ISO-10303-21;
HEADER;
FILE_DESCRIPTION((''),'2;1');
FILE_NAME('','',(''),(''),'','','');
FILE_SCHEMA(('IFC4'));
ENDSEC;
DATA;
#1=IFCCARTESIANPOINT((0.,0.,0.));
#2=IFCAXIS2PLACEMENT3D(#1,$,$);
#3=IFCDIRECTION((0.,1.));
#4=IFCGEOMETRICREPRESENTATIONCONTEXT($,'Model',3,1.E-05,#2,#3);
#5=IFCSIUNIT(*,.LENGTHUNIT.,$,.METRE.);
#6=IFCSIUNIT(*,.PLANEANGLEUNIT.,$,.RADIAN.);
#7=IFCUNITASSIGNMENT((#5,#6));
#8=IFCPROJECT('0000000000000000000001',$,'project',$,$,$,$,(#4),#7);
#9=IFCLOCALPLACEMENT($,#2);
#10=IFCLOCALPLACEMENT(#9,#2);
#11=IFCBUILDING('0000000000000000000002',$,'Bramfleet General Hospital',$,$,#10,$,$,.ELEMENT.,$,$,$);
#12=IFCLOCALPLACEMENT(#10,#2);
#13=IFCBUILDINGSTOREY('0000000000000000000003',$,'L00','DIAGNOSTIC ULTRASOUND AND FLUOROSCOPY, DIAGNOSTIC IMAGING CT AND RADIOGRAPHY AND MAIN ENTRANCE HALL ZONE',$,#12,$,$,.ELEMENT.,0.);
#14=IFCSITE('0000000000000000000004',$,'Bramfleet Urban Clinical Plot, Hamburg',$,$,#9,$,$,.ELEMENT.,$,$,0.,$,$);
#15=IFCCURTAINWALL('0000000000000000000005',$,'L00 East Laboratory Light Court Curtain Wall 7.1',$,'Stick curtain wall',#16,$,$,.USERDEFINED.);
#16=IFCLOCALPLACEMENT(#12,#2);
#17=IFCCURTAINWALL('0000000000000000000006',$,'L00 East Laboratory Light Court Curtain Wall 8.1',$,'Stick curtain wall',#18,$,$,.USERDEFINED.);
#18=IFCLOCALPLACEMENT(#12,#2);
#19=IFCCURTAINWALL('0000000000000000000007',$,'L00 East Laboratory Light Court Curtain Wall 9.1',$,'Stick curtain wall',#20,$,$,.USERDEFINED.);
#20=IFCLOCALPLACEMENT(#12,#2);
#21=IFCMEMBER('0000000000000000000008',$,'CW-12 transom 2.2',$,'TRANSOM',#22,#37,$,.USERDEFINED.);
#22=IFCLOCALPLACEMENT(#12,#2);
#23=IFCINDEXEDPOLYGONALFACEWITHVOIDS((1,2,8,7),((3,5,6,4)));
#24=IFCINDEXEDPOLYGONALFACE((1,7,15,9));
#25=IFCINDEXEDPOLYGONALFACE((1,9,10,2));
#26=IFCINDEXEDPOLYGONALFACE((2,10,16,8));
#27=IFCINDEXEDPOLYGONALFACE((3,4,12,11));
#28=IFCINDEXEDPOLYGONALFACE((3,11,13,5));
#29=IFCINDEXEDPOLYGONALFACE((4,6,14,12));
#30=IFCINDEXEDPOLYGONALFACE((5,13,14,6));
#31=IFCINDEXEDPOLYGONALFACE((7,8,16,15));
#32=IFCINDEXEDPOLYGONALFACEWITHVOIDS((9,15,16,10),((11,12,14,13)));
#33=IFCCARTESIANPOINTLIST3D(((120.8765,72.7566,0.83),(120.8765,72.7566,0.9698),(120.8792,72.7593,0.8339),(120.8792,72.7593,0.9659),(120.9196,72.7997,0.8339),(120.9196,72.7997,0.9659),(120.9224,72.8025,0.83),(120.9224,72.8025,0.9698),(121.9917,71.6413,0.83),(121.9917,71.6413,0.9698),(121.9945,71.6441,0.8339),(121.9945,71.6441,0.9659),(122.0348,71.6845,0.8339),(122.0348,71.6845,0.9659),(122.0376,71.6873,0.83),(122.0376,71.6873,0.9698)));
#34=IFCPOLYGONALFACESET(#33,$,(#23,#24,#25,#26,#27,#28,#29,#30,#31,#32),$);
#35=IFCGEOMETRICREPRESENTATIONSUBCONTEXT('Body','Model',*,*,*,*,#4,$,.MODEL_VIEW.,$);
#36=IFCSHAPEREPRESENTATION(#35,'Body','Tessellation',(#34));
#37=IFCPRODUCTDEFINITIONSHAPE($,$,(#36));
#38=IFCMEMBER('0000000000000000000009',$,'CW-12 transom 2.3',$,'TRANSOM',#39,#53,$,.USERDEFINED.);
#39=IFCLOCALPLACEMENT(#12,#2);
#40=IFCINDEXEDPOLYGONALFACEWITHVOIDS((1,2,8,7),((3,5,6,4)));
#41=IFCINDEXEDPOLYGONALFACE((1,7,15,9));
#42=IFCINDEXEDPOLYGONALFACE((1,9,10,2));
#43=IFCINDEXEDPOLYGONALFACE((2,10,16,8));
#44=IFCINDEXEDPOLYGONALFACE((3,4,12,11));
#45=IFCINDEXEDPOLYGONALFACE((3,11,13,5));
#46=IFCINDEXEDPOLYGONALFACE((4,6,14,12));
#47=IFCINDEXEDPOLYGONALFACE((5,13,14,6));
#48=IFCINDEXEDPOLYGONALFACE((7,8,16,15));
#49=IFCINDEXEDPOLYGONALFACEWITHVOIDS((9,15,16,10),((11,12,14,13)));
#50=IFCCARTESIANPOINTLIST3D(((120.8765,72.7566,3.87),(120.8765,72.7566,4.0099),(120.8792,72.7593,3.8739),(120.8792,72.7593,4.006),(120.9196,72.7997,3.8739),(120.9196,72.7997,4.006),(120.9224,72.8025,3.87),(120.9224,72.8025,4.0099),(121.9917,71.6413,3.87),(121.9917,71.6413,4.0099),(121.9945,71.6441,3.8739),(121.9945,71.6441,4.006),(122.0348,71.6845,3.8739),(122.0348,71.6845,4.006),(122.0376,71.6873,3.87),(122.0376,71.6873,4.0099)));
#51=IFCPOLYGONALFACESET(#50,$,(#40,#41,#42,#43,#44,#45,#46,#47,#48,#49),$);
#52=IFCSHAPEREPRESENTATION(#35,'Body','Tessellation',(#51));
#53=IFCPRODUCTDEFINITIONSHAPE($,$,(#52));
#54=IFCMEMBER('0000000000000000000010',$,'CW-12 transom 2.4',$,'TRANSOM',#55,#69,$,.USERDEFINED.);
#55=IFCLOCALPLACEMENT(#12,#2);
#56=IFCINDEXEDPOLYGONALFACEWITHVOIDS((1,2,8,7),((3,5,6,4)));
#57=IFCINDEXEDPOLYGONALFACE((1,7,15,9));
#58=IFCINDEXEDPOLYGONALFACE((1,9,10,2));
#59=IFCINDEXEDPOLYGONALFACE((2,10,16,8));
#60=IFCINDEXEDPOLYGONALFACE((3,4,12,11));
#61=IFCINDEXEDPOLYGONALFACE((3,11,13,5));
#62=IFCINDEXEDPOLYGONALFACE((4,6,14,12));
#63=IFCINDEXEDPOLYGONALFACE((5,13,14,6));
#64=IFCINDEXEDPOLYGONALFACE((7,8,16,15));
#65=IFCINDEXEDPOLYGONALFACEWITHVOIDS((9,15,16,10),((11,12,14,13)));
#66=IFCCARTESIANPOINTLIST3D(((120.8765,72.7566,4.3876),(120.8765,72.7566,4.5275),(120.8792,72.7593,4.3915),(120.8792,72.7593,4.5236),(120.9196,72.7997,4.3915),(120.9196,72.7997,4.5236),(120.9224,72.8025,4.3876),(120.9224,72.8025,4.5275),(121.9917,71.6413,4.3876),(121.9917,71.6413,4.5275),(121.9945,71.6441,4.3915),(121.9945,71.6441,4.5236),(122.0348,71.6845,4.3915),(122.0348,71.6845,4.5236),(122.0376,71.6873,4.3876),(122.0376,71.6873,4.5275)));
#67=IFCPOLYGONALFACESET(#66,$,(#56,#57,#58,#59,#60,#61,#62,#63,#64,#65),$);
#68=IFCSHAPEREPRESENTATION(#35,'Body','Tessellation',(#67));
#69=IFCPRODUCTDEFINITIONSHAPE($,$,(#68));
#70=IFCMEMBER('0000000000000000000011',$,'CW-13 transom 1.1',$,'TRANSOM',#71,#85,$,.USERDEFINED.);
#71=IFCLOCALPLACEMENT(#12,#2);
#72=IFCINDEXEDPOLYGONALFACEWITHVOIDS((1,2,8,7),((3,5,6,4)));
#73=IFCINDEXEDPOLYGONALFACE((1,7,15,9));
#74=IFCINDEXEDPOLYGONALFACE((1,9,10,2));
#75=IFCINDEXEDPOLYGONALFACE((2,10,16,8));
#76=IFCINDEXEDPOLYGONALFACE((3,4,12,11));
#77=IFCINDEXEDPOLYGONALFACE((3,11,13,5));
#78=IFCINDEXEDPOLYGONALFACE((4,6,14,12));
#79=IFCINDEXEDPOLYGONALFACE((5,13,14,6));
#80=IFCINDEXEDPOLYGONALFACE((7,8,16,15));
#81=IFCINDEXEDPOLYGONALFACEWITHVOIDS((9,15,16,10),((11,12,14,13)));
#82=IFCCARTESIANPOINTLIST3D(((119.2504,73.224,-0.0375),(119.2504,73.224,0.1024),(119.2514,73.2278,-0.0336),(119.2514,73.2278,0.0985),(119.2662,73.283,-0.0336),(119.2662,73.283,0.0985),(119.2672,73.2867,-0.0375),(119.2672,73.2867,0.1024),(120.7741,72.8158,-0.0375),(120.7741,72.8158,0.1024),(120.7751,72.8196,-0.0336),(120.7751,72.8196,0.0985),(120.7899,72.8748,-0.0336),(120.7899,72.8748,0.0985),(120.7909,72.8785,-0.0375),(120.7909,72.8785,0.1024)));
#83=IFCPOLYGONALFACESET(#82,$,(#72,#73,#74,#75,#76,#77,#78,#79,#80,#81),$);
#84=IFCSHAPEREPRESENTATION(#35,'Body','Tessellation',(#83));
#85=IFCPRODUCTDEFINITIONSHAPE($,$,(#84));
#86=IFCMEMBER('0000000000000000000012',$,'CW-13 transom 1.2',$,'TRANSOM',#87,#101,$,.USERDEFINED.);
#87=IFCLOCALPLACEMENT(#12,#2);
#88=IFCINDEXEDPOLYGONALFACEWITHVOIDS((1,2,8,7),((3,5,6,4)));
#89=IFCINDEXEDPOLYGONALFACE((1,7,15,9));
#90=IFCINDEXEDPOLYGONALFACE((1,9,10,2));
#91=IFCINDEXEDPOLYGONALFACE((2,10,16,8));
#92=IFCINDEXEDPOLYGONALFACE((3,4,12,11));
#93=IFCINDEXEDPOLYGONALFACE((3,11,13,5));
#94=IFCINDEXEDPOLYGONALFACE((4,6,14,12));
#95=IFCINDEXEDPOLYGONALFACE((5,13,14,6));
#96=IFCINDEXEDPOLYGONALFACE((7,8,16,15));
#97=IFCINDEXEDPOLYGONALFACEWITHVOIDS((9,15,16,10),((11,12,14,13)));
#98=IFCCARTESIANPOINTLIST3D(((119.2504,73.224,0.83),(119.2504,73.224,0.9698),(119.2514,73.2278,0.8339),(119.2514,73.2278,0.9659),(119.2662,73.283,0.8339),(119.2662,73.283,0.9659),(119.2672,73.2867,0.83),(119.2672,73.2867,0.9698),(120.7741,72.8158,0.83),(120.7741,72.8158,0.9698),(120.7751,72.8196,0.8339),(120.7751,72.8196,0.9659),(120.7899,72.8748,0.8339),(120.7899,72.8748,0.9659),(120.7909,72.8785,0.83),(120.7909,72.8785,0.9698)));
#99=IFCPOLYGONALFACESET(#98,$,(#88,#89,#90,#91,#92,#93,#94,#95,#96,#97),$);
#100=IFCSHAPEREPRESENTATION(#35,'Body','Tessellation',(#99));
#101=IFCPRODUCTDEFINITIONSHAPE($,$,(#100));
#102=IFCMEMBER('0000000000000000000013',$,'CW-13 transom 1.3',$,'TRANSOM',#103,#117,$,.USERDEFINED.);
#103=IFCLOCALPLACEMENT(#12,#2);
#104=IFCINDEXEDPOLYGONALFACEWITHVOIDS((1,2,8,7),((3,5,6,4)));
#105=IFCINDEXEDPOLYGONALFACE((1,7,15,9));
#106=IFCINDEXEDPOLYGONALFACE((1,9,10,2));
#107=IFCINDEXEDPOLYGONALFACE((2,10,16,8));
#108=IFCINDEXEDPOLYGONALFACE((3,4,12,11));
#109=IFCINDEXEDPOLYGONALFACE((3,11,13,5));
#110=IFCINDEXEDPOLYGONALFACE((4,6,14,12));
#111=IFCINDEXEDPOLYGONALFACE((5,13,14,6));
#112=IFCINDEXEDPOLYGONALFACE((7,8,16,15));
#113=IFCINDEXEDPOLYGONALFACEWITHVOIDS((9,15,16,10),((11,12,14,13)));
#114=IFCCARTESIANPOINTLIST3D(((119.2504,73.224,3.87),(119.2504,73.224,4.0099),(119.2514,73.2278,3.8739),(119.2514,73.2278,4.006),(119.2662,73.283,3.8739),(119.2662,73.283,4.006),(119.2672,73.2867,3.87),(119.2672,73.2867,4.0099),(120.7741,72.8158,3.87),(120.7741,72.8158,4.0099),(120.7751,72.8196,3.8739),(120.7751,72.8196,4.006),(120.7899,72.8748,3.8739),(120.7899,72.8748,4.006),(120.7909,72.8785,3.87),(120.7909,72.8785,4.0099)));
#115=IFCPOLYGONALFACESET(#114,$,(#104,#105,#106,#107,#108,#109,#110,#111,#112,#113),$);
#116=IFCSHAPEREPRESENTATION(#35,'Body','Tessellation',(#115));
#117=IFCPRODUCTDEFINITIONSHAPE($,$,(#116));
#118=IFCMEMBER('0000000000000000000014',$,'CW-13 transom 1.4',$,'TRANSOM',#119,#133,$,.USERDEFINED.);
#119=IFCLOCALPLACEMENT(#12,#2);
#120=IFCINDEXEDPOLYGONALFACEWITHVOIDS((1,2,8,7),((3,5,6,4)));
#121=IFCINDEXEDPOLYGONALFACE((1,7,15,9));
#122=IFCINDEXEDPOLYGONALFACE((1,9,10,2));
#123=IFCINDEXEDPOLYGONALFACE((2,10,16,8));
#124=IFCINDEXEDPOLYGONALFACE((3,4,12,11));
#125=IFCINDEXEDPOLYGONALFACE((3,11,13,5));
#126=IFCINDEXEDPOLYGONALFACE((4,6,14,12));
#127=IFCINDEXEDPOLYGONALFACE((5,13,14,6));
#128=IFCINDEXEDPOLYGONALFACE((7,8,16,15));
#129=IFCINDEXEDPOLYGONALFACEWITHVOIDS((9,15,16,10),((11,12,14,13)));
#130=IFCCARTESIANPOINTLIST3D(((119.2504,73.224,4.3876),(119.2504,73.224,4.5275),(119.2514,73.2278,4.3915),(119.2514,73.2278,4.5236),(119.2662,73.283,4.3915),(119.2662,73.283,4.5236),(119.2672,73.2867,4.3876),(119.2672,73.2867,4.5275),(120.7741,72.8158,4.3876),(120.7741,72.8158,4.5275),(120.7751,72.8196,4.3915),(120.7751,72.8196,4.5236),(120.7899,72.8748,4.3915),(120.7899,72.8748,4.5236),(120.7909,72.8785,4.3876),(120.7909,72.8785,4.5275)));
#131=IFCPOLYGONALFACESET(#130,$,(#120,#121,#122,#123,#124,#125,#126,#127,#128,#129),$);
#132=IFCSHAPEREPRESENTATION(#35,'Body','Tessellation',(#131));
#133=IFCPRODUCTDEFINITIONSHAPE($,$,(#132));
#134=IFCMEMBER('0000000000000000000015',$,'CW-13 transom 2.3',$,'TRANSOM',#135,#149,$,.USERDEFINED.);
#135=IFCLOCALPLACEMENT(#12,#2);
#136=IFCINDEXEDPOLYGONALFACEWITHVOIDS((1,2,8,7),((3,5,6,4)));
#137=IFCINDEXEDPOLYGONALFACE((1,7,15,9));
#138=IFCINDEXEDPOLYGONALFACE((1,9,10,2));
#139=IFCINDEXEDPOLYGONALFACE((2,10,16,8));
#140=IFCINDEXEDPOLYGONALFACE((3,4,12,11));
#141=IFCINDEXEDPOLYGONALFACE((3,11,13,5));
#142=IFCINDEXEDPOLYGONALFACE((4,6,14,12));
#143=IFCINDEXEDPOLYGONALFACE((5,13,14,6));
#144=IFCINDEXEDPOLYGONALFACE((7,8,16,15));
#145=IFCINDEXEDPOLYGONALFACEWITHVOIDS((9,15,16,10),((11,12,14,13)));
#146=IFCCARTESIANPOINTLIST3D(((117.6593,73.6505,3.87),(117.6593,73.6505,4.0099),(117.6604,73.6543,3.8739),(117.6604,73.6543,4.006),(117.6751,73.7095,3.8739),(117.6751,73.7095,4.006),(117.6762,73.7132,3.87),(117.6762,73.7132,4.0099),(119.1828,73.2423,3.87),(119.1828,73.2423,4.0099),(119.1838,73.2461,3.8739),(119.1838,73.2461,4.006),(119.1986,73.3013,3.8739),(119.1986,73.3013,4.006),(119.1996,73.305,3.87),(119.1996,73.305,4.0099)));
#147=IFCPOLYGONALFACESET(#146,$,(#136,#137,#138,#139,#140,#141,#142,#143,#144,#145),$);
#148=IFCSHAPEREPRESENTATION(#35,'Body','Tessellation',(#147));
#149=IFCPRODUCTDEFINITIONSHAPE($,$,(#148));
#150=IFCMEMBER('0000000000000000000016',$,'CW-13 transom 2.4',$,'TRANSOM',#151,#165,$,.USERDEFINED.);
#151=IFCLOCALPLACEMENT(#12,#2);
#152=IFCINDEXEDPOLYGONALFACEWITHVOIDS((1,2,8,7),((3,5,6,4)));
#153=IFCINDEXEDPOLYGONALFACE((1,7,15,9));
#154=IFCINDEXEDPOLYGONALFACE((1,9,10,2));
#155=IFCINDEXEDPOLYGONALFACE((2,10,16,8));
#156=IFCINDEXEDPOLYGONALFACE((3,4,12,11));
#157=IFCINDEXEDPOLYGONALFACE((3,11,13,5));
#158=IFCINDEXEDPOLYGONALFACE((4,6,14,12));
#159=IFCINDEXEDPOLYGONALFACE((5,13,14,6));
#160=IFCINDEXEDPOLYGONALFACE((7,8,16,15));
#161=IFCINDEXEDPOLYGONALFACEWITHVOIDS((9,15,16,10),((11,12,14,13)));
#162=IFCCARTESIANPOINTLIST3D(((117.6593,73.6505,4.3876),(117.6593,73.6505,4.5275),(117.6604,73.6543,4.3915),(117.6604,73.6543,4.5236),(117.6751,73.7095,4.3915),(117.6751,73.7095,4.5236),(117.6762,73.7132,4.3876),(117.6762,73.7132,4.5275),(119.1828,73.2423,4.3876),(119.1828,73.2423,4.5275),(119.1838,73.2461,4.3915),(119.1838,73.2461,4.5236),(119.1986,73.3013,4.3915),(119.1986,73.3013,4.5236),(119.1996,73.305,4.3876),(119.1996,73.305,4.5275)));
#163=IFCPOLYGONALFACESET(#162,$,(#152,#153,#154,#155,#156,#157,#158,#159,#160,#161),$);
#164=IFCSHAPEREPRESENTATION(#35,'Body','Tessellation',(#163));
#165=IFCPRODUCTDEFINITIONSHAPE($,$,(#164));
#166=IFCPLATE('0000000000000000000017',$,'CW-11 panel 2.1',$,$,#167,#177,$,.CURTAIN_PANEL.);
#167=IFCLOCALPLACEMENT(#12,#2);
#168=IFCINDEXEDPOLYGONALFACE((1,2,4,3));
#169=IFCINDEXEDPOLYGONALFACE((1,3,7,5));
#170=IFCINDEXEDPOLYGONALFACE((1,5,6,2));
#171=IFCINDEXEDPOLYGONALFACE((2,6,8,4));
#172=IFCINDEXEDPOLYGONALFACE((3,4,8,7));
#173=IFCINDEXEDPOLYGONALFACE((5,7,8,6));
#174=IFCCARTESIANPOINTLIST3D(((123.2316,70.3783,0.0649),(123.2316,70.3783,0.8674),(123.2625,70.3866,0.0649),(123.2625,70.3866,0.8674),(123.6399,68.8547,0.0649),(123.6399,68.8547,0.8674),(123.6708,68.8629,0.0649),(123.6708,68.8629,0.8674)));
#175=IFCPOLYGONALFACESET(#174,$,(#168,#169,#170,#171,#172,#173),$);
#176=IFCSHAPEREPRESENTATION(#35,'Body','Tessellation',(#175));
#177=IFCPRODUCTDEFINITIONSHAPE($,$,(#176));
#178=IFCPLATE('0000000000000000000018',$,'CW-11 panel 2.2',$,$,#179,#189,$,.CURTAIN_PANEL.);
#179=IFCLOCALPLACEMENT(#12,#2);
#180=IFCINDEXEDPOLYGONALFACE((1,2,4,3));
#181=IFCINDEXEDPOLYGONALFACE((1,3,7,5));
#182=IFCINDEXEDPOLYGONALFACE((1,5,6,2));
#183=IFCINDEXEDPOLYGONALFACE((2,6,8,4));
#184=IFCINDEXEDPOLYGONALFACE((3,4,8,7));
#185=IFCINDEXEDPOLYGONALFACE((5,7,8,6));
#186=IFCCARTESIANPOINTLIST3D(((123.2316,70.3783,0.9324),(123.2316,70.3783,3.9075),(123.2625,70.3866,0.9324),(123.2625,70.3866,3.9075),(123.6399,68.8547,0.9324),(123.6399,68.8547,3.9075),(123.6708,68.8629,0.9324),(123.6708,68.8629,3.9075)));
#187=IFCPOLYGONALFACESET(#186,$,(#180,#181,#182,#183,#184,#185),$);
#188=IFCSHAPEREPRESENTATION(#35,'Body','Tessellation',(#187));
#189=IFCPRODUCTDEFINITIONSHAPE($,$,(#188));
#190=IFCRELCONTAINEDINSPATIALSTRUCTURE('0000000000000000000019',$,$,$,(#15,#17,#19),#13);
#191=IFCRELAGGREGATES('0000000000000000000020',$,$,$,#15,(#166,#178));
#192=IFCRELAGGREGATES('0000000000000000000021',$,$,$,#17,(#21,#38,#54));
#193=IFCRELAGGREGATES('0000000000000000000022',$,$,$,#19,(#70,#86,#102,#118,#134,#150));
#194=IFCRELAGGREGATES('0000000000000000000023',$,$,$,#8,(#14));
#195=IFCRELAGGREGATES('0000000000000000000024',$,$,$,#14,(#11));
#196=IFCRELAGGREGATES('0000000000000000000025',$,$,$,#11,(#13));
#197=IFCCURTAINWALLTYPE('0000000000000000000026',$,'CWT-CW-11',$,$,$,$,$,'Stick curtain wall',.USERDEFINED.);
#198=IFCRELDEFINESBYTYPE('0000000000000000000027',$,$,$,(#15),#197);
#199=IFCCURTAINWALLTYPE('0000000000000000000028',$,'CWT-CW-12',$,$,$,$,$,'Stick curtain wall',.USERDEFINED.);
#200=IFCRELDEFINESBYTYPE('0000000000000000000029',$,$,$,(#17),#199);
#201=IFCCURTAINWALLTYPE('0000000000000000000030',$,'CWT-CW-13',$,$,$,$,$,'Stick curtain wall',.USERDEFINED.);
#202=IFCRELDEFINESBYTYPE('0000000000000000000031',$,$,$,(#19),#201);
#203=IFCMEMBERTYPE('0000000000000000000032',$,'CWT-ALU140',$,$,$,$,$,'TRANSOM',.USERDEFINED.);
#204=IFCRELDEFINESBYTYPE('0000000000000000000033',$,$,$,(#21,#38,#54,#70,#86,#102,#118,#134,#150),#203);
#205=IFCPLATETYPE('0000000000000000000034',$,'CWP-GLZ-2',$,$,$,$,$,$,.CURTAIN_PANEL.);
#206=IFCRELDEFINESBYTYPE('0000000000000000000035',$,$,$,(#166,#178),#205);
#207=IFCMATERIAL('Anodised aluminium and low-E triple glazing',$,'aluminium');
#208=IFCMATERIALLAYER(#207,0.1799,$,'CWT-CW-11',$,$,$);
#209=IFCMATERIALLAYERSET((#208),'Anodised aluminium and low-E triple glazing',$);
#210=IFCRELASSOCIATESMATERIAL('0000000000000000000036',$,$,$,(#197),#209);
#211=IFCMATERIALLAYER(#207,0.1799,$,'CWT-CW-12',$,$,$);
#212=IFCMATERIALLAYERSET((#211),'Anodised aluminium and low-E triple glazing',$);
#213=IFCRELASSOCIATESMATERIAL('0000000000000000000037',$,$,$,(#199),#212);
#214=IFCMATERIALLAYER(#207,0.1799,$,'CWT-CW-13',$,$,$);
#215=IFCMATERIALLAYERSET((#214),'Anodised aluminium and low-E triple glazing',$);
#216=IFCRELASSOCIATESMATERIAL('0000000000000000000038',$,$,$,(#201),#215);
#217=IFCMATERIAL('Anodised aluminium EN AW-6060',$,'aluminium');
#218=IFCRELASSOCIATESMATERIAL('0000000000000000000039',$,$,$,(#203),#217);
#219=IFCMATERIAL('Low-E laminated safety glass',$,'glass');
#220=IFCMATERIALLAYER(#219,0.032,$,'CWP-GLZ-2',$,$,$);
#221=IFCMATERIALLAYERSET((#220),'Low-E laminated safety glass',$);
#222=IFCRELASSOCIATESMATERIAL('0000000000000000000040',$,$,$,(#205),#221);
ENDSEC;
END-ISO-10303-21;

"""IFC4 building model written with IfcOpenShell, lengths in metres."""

from ifc_helpers import new_model, si_unit, direction, frame, origin, origin_2d, place, context, subcontext, project, spatial, rectangle, hollow_rectangle, extrude, material, layer, layer_set, material_profile, profile_set, type_object, element, aggregate, save


model = new_model("IFC4")

# Units and contexts
model_context = context("Model", 3, precision=1e-05, world=origin(), true_north=direction((0.0, 1.0)))
body_context = subcontext(model_context, "Body", "Model", "MODEL_VIEW")
ifc_project = project(units=[si_unit("LENGTHUNIT", "METRE"), si_unit("PLANEANGLEUNIT", "RADIAN")], contexts=[model_context])

# Site, building, storey
site_placement = place(None, origin())
site = spatial("IfcSite", under=ifc_project, at=site_placement, Name="Bramfleet Urban Clinical Plot, Hamburg", CompositionType="ELEMENT", RefElevation=0.0)
building_placement = place(site_placement, origin())
building = spatial("IfcBuilding", under=site, at=building_placement, Name="Bramfleet General Hospital", CompositionType="ELEMENT")
storey_placement = place(building_placement, origin())
storey = spatial("IfcBuildingStorey", under=building, at=storey_placement, Name="L00", Description="DIAGNOSTIC ULTRASOUND AND FLUOROSCOPY, DIAGNOSTIC IMAGING CT AND RADIOGRAPHY AND MAIN ENTRANCE HALL ZONE", CompositionType="ELEMENT", Elevation=0.0)

# Curtain wall
ifc_material_1 = material(Name="Anodised aluminium and low-E triple glazing", Category="aluminium")
ifc_layer_1 = layer(ifc_material_1, 0.1799, Name="CWT-CW-11")
ifc_layer_set_1 = layer_set([ifc_layer_1], Name="Anodised aluminium and low-E triple glazing")
curtain_wall_type_1 = type_object("IfcCurtainWallType", Name="CWT-CW-11", ElementType="Stick curtain wall", PredefinedType="USERDEFINED", material=ifc_layer_set_1)
curtain_wall_1_placement = place(storey_placement, origin())
curtain_wall_1 = element("IfcCurtainWall", 1, at=curtain_wall_1_placement, inside=storey, type_object=curtain_wall_type_1, Name="L00 East Laboratory Light Court Curtain Wall 7.1", ObjectType="Stick curtain wall", PredefinedType="USERDEFINED")
ifc_material_2 = material(Name="Anodised aluminium EN AW-6060", Category="aluminium")

# Curtain walls
ifc_layer_2 = layer(ifc_material_1, 0.1799, Name="CWT-CW-12")
ifc_layer_set_2 = layer_set([ifc_layer_2], Name="Anodised aluminium and low-E triple glazing")
curtain_wall_type_2 = type_object("IfcCurtainWallType", Name="CWT-CW-12", ElementType="Stick curtain wall", PredefinedType="USERDEFINED", material=ifc_layer_set_2)
curtain_wall_2_placement = place(storey_placement, origin())
curtain_wall_2 = element("IfcCurtainWall", 2, at=curtain_wall_2_placement, inside=storey, type_object=curtain_wall_type_2, Name="L00 East Laboratory Light Court Curtain Wall 8.1", ObjectType="Stick curtain wall", PredefinedType="USERDEFINED")
ifc_layer_3 = layer(ifc_material_1, 0.1799, Name="CWT-CW-13")
ifc_layer_set_3 = layer_set([ifc_layer_3], Name="Anodised aluminium and low-E triple glazing")
curtain_wall_type_3 = type_object("IfcCurtainWallType", Name="CWT-CW-13", ElementType="Stick curtain wall", PredefinedType="USERDEFINED", material=ifc_layer_set_3)
curtain_wall_3_placement = place(storey_placement, origin())
curtain_wall_3 = element("IfcCurtainWall", 3, at=curtain_wall_3_placement, inside=storey, type_object=curtain_wall_type_3, Name="L00 East Laboratory Light Court Curtain Wall 9.1", ObjectType="Stick curtain wall", PredefinedType="USERDEFINED")

# Members
ifc_material_profile_1 = material_profile(ifc_material_2, hollow_rectangle(XDim=0.0649, YDim=0.1399, WallThickness=0.0039, at=origin_2d()), Name="ALU 140x65x4.0")
ifc_profile_set_1 = profile_set([ifc_material_profile_1], Name="Anodised aluminium EN AW-6060")
member_type_1 = type_object("IfcMemberType", Name="CWT-ALU140", ElementType="TRANSOM", PredefinedType="USERDEFINED", material=ifc_profile_set_1)
member_1_placement = place(storey_placement, frame((122.0146, 71.6643, 0.8999), z_axis=(-0.707107, 0.707107, 0.0), x_axis=(-0.707107, -0.707107, 0.0)))
member_1 = element("IfcMember", 4, at=member_1_placement, type_object=member_type_1, Name="CW-12 transom 2.2", ObjectType="TRANSOM", PredefinedType="USERDEFINED", context=body_context, shape_type="SweptSolid", body=[
    extrude(hollow_rectangle(XDim=0.0649, YDim=0.1399, WallThickness=0.0039, at=origin_2d()), origin(), (0.0, 0.0, 1.0), 1.5771),
])
member_2_placement = place(storey_placement, frame((122.0146, 71.6643, 3.9399), z_axis=(-0.707107, 0.707107, 0.0), x_axis=(-0.707107, -0.707107, 0.0)))
member_2 = element("IfcMember", 5, at=member_2_placement, type_object=member_type_1, Name="CW-12 transom 2.3", ObjectType="TRANSOM", PredefinedType="USERDEFINED", context=body_context, shape_type="SweptSolid", body=[
    extrude(hollow_rectangle(XDim=0.0649, YDim=0.1399, WallThickness=0.0039, at=origin_2d()), origin(), (0.0, 0.0, 1.0), 1.5771),
])
member_3_placement = place(storey_placement, frame((122.0146, 71.6643, 4.4575), z_axis=(-0.707107, 0.707107, 0.0), x_axis=(-0.707107, -0.707107, 0.0)))
member_3 = element("IfcMember", 6, at=member_3_placement, type_object=member_type_1, Name="CW-12 transom 2.4", ObjectType="TRANSOM", PredefinedType="USERDEFINED", context=body_context, shape_type="SweptSolid", body=[
    extrude(hollow_rectangle(XDim=0.0649, YDim=0.1399, WallThickness=0.0039, at=origin_2d()), origin(), (0.0, 0.0, 1.0), 1.5771),
])
member_4_placement = place(storey_placement, frame((120.7825, 72.8472, 0.0325), z_axis=(-0.965936, 0.25878, 0.0), x_axis=(-0.25878, -0.965936, 0.0)))
member_4 = element("IfcMember", 7, at=member_4_placement, type_object=member_type_1, Name="CW-13 transom 1.1", ObjectType="TRANSOM", PredefinedType="USERDEFINED", context=body_context, shape_type="SweptSolid", body=[
    extrude(hollow_rectangle(XDim=0.0649, YDim=0.1399, WallThickness=0.0039, at=origin_2d()), origin(), (0.0, 0.0, 1.0), 1.5774),
])
member_5_placement = place(storey_placement, frame((120.7825, 72.8472, 0.8999), z_axis=(-0.965936, 0.25878, 0.0), x_axis=(-0.25878, -0.965936, 0.0)))
member_5 = element("IfcMember", 8, at=member_5_placement, type_object=member_type_1, Name="CW-13 transom 1.2", ObjectType="TRANSOM", PredefinedType="USERDEFINED", context=body_context, shape_type="SweptSolid", body=[
    extrude(hollow_rectangle(XDim=0.0649, YDim=0.1399, WallThickness=0.0039, at=origin_2d()), origin(), (0.0, 0.0, 1.0), 1.5774),
])
member_6_placement = place(storey_placement, frame((120.7825, 72.8472, 3.9399), z_axis=(-0.965936, 0.25878, 0.0), x_axis=(-0.25878, -0.965936, 0.0)))
member_6 = element("IfcMember", 9, at=member_6_placement, type_object=member_type_1, Name="CW-13 transom 1.3", ObjectType="TRANSOM", PredefinedType="USERDEFINED", context=body_context, shape_type="SweptSolid", body=[
    extrude(hollow_rectangle(XDim=0.0649, YDim=0.1399, WallThickness=0.0039, at=origin_2d()), origin(), (0.0, 0.0, 1.0), 1.5774),
])
member_7_placement = place(storey_placement, frame((120.7825, 72.8472, 4.4575), z_axis=(-0.965936, 0.25878, 0.0), x_axis=(-0.25878, -0.965936, 0.0)))
member_7 = element("IfcMember", 10, at=member_7_placement, type_object=member_type_1, Name="CW-13 transom 1.4", ObjectType="TRANSOM", PredefinedType="USERDEFINED", context=body_context, shape_type="SweptSolid", body=[
    extrude(hollow_rectangle(XDim=0.0649, YDim=0.1399, WallThickness=0.0039, at=origin_2d()), origin(), (0.0, 0.0, 1.0), 1.5774),
])
member_8_placement = place(storey_placement, frame((119.1912, 73.2737, 3.9399), z_axis=(-0.965926, 0.258819, 0.0), x_axis=(-0.258819, -0.965926, 0.0)))
member_8 = element("IfcMember", 11, at=member_8_placement, type_object=member_type_1, Name="CW-13 transom 2.3", ObjectType="TRANSOM", PredefinedType="USERDEFINED", context=body_context, shape_type="SweptSolid", body=[
    extrude(hollow_rectangle(XDim=0.0649, YDim=0.1399, WallThickness=0.0039, at=origin_2d()), origin(), (0.0, 0.0, 1.0), 1.5771),
])
member_9_placement = place(storey_placement, frame((119.1912, 73.2737, 4.4575), z_axis=(-0.965926, 0.258819, 0.0), x_axis=(-0.258819, -0.965926, 0.0)))
member_9 = element("IfcMember", 12, at=member_9_placement, type_object=member_type_1, Name="CW-13 transom 2.4", ObjectType="TRANSOM", PredefinedType="USERDEFINED", context=body_context, shape_type="SweptSolid", body=[
    extrude(hollow_rectangle(XDim=0.0649, YDim=0.1399, WallThickness=0.0039, at=origin_2d()), origin(), (0.0, 0.0, 1.0), 1.5771),
])

# Plates
ifc_material_3 = material(Name="Low-E laminated safety glass", Category="glass")
ifc_layer_4 = layer(ifc_material_3, 0.032, Name="CWP-GLZ-2")
ifc_layer_set_4 = layer_set([ifc_layer_4], Name="Low-E laminated safety glass")
plate_type = type_object("IfcPlateType", Name="CWP-GLZ-2", PredefinedType="CURTAIN_PANEL", material=ifc_layer_set_4)
plate_1_placement = place(storey_placement, frame((123.4512, 69.6206, 0.0649), z_axis=(0.0, 0.0, 1.0), x_axis=(-0.258865, 0.965914, 0.0)))
plate_1 = element("IfcPlate", 13, at=plate_1_placement, type_object=plate_type, Name="CW-11 panel 2.1", PredefinedType="CURTAIN_PANEL", context=body_context, shape_type="SweptSolid", body=[
    extrude(rectangle(XDim=1.5774, YDim=0.032, at=origin_2d()), origin(), (0.0, 0.0, 1.0), 0.8025),
])
plate_2_placement = place(storey_placement, frame((123.4512, 69.6206, 0.9324), z_axis=(0.0, 0.0, 1.0), x_axis=(-0.258865, 0.965914, 0.0)))
plate_2 = element("IfcPlate", 14, at=plate_2_placement, type_object=plate_type, Name="CW-11 panel 2.2", PredefinedType="CURTAIN_PANEL", context=body_context, shape_type="SweptSolid", body=[
    extrude(rectangle(XDim=1.5774, YDim=0.032, at=origin_2d()), origin(), (0.0, 0.0, 1.0), 2.9751),
])
aggregate(curtain_wall_1, [plate_1, plate_2])
aggregate(curtain_wall_2, [member_1, member_2, member_3])
aggregate(curtain_wall_3, [member_4, member_5, member_6, member_7, member_8, member_9])

save(model, "model.ifc")
